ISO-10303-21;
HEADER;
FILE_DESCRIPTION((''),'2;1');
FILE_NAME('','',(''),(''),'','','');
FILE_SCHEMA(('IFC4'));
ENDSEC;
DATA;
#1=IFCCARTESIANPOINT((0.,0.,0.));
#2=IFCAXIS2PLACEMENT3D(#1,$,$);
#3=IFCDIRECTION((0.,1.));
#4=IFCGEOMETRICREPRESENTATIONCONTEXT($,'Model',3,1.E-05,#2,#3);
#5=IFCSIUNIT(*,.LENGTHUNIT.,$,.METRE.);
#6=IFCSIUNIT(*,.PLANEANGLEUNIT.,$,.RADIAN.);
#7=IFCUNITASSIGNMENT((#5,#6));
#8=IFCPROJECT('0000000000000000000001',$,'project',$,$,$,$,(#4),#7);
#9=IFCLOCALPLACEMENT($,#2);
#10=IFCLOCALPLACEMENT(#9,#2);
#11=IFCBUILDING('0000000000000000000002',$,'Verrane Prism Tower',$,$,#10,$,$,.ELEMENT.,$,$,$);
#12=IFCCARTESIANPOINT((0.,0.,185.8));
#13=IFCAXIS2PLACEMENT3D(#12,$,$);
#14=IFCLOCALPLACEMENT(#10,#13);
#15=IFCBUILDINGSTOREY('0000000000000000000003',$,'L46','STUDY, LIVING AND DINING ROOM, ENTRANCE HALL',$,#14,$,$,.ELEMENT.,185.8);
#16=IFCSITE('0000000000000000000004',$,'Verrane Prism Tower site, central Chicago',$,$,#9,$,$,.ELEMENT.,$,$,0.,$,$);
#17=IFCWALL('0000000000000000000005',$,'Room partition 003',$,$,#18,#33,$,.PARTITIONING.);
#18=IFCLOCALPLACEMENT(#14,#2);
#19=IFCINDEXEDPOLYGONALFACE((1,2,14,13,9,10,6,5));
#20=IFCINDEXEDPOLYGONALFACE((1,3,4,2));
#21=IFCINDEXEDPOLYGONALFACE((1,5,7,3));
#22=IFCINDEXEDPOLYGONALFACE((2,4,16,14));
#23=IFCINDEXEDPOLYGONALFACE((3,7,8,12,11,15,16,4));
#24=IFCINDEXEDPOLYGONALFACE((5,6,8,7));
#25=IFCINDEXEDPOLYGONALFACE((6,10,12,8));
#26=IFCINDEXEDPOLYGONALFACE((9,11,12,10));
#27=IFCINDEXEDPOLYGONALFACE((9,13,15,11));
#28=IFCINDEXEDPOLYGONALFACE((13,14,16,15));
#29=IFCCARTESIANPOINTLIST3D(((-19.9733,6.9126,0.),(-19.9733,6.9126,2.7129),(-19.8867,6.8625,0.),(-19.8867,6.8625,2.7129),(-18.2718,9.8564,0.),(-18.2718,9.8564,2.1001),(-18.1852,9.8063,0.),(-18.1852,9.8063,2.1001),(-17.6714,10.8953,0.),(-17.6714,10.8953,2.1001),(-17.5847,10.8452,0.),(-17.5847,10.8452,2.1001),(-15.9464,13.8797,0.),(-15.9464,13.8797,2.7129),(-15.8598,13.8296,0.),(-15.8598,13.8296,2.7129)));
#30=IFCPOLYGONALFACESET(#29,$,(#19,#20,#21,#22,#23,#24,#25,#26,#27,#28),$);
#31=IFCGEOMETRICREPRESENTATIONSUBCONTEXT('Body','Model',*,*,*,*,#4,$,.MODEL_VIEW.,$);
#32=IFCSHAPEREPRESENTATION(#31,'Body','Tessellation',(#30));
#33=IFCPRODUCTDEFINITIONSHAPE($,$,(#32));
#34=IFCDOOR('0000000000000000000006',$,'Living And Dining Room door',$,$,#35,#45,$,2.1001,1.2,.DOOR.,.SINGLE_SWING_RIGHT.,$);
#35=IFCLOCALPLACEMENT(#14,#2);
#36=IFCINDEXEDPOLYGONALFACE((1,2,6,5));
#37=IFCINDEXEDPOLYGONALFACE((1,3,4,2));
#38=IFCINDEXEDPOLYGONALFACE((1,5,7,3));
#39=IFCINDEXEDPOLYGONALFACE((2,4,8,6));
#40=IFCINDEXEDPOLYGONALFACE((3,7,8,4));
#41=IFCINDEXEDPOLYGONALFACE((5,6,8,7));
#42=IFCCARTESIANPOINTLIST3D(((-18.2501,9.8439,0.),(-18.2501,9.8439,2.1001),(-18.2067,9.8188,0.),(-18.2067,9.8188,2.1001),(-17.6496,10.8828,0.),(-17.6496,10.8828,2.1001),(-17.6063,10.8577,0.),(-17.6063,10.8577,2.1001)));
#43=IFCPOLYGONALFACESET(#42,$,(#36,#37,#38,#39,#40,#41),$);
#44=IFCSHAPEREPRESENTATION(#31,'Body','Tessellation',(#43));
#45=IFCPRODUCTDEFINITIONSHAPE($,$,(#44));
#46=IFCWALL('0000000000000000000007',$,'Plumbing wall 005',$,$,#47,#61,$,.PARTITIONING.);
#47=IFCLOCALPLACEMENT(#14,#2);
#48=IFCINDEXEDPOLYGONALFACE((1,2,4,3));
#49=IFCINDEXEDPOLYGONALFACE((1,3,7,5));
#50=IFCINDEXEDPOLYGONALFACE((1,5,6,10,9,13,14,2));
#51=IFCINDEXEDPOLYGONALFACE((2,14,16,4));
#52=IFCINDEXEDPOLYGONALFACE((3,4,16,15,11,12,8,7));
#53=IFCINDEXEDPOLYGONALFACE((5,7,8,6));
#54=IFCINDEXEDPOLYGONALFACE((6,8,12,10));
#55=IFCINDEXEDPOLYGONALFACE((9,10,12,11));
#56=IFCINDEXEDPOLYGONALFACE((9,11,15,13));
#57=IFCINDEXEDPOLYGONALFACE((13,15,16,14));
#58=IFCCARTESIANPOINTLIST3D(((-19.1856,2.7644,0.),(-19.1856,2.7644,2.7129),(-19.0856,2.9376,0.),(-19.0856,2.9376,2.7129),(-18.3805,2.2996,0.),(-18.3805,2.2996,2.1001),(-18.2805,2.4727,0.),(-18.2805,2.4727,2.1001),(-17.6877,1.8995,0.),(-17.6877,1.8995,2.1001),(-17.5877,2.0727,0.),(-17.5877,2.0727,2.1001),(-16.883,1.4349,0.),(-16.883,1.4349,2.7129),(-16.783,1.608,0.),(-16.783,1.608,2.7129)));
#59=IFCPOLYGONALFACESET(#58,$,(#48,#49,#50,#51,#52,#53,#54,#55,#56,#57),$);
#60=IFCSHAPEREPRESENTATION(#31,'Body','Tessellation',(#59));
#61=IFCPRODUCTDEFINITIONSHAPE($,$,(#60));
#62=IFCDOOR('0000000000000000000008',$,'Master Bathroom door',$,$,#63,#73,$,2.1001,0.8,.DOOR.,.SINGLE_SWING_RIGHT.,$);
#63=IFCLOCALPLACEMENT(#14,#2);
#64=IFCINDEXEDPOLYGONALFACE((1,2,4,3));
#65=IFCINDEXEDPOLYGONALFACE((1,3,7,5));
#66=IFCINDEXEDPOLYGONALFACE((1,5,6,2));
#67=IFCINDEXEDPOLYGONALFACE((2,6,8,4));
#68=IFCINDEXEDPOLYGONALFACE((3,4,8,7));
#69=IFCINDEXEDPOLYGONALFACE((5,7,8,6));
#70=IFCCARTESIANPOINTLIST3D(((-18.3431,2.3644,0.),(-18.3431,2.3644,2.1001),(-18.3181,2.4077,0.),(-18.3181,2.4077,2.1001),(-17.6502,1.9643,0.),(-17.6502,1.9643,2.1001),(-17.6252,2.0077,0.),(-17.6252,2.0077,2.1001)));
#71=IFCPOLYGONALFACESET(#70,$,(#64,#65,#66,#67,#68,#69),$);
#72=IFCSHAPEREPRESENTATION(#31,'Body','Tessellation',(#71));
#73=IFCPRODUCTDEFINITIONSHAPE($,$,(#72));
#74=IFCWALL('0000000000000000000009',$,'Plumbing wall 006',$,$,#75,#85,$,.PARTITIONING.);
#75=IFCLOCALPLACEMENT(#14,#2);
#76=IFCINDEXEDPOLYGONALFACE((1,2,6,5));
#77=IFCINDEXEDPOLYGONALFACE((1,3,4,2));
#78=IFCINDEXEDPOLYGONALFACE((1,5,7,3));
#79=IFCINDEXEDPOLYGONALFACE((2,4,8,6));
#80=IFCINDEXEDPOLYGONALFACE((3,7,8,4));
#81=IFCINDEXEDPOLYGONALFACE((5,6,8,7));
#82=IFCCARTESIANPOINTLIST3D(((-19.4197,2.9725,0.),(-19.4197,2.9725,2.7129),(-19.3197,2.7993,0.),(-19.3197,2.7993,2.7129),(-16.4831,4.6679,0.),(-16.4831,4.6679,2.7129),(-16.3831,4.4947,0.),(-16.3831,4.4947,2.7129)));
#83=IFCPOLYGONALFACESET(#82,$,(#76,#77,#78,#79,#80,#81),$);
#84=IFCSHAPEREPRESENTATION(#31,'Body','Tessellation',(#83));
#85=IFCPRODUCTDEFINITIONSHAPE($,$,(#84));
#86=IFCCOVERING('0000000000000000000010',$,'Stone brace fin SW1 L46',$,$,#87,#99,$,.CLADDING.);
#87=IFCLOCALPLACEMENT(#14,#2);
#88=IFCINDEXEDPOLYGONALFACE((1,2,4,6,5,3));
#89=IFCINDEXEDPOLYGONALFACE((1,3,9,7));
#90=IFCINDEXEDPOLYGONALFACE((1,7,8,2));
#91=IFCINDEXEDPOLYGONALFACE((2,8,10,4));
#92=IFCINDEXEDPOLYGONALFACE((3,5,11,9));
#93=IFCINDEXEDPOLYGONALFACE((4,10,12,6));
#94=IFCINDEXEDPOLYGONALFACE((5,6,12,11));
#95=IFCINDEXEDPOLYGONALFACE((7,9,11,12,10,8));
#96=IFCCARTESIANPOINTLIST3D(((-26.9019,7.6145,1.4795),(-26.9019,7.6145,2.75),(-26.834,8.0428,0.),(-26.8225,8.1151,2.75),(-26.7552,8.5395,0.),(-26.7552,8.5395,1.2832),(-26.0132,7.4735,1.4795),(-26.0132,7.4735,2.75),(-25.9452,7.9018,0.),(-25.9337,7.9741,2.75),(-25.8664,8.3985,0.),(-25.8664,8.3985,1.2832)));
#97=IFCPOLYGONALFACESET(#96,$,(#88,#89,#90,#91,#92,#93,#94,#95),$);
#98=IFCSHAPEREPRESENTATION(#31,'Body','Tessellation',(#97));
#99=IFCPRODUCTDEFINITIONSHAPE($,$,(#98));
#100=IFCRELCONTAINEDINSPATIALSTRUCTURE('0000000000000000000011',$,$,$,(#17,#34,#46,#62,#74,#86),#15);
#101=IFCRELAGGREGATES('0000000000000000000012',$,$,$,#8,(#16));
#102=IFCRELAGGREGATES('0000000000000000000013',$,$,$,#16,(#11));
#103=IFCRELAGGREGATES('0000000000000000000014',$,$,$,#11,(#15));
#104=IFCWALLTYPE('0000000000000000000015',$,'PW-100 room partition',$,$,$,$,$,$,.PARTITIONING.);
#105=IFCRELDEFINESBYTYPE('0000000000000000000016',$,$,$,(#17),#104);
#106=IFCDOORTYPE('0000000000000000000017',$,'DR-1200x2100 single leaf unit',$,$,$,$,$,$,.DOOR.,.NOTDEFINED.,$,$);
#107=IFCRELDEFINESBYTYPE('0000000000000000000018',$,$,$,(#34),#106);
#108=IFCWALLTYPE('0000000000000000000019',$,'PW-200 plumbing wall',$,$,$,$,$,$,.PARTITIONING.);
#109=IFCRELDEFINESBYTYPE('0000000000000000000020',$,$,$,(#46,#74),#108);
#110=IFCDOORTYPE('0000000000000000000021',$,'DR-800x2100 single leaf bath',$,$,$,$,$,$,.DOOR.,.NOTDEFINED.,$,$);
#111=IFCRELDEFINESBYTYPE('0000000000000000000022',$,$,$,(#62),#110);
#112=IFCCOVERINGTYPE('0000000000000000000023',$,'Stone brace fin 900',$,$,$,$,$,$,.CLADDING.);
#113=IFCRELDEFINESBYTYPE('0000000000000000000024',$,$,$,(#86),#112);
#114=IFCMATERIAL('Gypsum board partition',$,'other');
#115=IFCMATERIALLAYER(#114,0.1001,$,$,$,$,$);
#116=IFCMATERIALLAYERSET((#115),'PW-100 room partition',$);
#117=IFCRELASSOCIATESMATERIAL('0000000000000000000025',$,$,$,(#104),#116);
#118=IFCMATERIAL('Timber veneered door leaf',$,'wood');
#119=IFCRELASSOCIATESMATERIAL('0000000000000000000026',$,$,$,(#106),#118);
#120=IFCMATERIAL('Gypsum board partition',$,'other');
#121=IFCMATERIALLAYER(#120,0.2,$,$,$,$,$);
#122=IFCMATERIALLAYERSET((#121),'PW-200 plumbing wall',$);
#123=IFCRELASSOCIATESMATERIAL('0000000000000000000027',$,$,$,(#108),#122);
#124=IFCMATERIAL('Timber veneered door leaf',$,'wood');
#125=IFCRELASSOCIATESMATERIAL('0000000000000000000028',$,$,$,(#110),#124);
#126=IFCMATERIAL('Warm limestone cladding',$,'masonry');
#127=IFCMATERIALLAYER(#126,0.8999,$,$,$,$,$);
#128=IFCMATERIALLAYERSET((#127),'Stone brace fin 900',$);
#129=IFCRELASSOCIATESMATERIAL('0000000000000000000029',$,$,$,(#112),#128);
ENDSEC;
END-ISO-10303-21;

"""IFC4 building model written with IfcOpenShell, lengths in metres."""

from ifc_helpers import new_model, si_unit, direction, frame, frame_2d, origin, place, context, subcontext, project, spatial, polyline, rectangle, outline, extrude, material, layer, layer_set, type_object, element, fill, save


model = new_model("IFC4")

# Units and contexts
model_context = context("Model", 3, precision=1e-05, world=origin(), true_north=direction((0.0, 1.0)))
body_context = subcontext(model_context, "Body", "Model", "MODEL_VIEW")
ifc_project = project(units=[si_unit("LENGTHUNIT", "METRE"), si_unit("PLANEANGLEUNIT", "RADIAN")], contexts=[model_context])

# Site, building, storey
site_placement = place(None, origin())
site = spatial("IfcSite", under=ifc_project, at=site_placement, Name="Verrane Prism Tower site, central Chicago", CompositionType="ELEMENT", RefElevation=0.0)
building_placement = place(site_placement, origin())
building = spatial("IfcBuilding", under=site, at=building_placement, Name="Verrane Prism Tower", CompositionType="ELEMENT")
storey_placement = place(building_placement, frame((0.0, 0.0, 185.8)))
storey = spatial("IfcBuildingStorey", under=building, at=storey_placement, Name="L46", Description="STUDY, LIVING AND DINING ROOM, ENTRANCE HALL", CompositionType="ELEMENT", Elevation=185.8)

# Shared definitions
ifc_material_1 = material(Name="Gypsum board partition", Category="other")
ifc_layer_1 = layer(ifc_material_1, 0.1001)
ifc_layer_set_1 = layer_set([ifc_layer_1], Name="PW-100 room partition")
wall_type_1 = type_object("IfcWallType", Name="PW-100 room partition", PredefinedType="PARTITIONING", material=ifc_layer_set_1)

# Walls, openings, doors
wall_1_placement = place(storey_placement, frame((-19.9299, 6.8877, 0.0), z_axis=(0.0, 0.0, 1.0), x_axis=(0.500413, 0.865787, 0.0)))
wall_1 = element("IfcWall", 1, at=wall_1_placement, inside=storey, type_object=wall_type_1, Name="Room partition 003", PredefinedType="PARTITIONING", context=body_context, shape_type="SweptSolid", body=[
    extrude(rectangle(XDim=8.0471, YDim=0.1001, at=frame_2d((4.0234, 0.0))), origin(), (0.0, 0.0, 1.0), 2.7129),
])
opening_1_placement = place(wall_1_placement, frame((3.3999, 0.0, 0.0)))
opening_1 = element("IfcOpeningElement", 2, at=opening_1_placement, cuts=wall_1, PredefinedType="OPENING", context=body_context, shape_type="SweptSolid", body=[
    extrude(rectangle(XDim=1.2, YDim=2.1001, at=frame_2d((0.6001, 1.05))), frame((0.0, 0.0601, 0.0), z_axis=(0.0, -1.0, 0.0), x_axis=(1.0, 0.0, 0.0)), (0.0, 0.0, 1.0), 0.1201),
])
ifc_material_2 = material(Name="Timber veneered door leaf", Category="wood")
door_type_1 = type_object("IfcDoorType", Name="DR-1200x2100 single leaf unit", OperationType="NOTDEFINED", PredefinedType="DOOR", material=ifc_material_2)
door_1_placement = place(opening_1_placement, origin())
door_1 = element("IfcDoor", 3, at=door_1_placement, inside=storey, type_object=door_type_1, Name="Living And Dining Room door", OperationType="SINGLE_SWING_RIGHT", OverallHeight=2.1001, OverallWidth=1.2, PredefinedType="DOOR", context=body_context, shape_type="SweptSolid", body=[
    extrude(rectangle(XDim=1.2, YDim=2.1001, at=frame_2d((0.6001, 1.05))), frame((0.0, 0.0249, 0.0), z_axis=(0.0, -1.0, 0.0), x_axis=(1.0, 0.0, 0.0)), (0.0, 0.0, 1.0), 0.05),
])
fill(opening_1, door_1)
ifc_material_3 = material(Name="Gypsum board partition", Category="other")
ifc_layer_2 = layer(ifc_material_3, 0.2)
ifc_layer_set_2 = layer_set([ifc_layer_2], Name="PW-200 plumbing wall")
wall_type_2 = type_object("IfcWallType", Name="PW-200 plumbing wall", PredefinedType="PARTITIONING", material=ifc_layer_set_2)
wall_2_placement = place(storey_placement, frame((-19.1357, 2.8511, 0.0), z_axis=(0.0, 0.0, 1.0), x_axis=(0.866008, -0.50003, 0.0)))
wall_2 = element("IfcWall", 4, at=wall_2_placement, inside=storey, type_object=wall_type_2, Name="Plumbing wall 005", PredefinedType="PARTITIONING", context=body_context, shape_type="SweptSolid", body=[
    extrude(rectangle(XDim=2.6589, YDim=0.2, at=frame_2d((1.3296, 0.0))), origin(), (0.0, 0.0, 1.0), 2.7129),
])
opening_2_placement = place(wall_2_placement, frame((0.9299, 0.0, 0.0)))
opening_2 = element("IfcOpeningElement", 5, at=opening_2_placement, cuts=wall_2, PredefinedType="OPENING", context=body_context, shape_type="SweptSolid", body=[
    extrude(rectangle(XDim=0.8, YDim=2.1001, at=frame_2d((0.3999, 1.05))), frame((0.0, 0.1099, 0.0), z_axis=(0.0, -1.0, 0.0), x_axis=(1.0, 0.0, 0.0)), (0.0, 0.0, 1.0), 0.22),
])
ifc_material_4 = material(Name="Timber veneered door leaf", Category="wood")
door_type_2 = type_object("IfcDoorType", Name="DR-800x2100 single leaf bath", OperationType="NOTDEFINED", PredefinedType="DOOR", material=ifc_material_4)
door_2_placement = place(opening_2_placement, origin())
door_2 = element("IfcDoor", 6, at=door_2_placement, inside=storey, type_object=door_type_2, Name="Master Bathroom door", OperationType="SINGLE_SWING_RIGHT", OverallHeight=2.1001, OverallWidth=0.8, PredefinedType="DOOR", context=body_context, shape_type="SweptSolid", body=[
    extrude(rectangle(XDim=0.8, YDim=2.1001, at=frame_2d((0.3999, 1.05))), frame((0.0, 0.0249, 0.0), z_axis=(0.0, -1.0, 0.0), x_axis=(1.0, 0.0, 0.0)), (0.0, 0.0, 1.0), 0.05),
])
fill(opening_2, door_2)

# Wall
wall_3_placement = place(storey_placement, frame((-19.3696, 2.886, 0.0), z_axis=(0.0, 0.0, 1.0), x_axis=(0.866037, 0.49998, 0.0)))
element("IfcWall", 7, at=wall_3_placement, inside=storey, type_object=wall_type_2, Name="Plumbing wall 006", PredefinedType="PARTITIONING", context=body_context, shape_type="SweptSolid", body=[
    extrude(rectangle(XDim=3.3909, YDim=0.2, at=frame_2d((1.6953, 0.0))), origin(), (0.0, 0.0, 1.0), 2.7129),
])

# Covering
ifc_material_5 = material(Name="Warm limestone cladding", Category="masonry")
ifc_layer_3 = layer(ifc_material_5, 0.8999)
ifc_layer_set_3 = layer_set([ifc_layer_3], Name="Stone brace fin 900")
covering_type = type_object("IfcCoveringType", Name="Stone brace fin 900", PredefinedType="CLADDING", material=ifc_layer_set_3)
covering_placement = place(storey_placement, frame((-26.3108, 8.469, 0.0), z_axis=(0.0, 0.0, 1.0), x_axis=(-0.156699, -0.987646, 0.0)))
element("IfcCovering", 8, at=covering_placement, inside=storey, type_object=covering_type, Name="Stone brace fin SW1 L46", PredefinedType="CLADDING", context=body_context, shape_type="SweptSolid", body=[
    extrude(outline(polyline([(0.9365, 2.75), (0.4297, 2.75), (0.0, 1.2832), (0.0, 0.0), (0.5029, 0.0), (0.9365, 1.4795), (0.9365, 2.75)])), frame((0.0, 0.45, 0.0), z_axis=(0.0, -1.0, 0.0), x_axis=(1.0, 0.0, 0.0)), (0.0, 0.0, 1.0), 0.8999),
])

save(model, "model.ifc")
